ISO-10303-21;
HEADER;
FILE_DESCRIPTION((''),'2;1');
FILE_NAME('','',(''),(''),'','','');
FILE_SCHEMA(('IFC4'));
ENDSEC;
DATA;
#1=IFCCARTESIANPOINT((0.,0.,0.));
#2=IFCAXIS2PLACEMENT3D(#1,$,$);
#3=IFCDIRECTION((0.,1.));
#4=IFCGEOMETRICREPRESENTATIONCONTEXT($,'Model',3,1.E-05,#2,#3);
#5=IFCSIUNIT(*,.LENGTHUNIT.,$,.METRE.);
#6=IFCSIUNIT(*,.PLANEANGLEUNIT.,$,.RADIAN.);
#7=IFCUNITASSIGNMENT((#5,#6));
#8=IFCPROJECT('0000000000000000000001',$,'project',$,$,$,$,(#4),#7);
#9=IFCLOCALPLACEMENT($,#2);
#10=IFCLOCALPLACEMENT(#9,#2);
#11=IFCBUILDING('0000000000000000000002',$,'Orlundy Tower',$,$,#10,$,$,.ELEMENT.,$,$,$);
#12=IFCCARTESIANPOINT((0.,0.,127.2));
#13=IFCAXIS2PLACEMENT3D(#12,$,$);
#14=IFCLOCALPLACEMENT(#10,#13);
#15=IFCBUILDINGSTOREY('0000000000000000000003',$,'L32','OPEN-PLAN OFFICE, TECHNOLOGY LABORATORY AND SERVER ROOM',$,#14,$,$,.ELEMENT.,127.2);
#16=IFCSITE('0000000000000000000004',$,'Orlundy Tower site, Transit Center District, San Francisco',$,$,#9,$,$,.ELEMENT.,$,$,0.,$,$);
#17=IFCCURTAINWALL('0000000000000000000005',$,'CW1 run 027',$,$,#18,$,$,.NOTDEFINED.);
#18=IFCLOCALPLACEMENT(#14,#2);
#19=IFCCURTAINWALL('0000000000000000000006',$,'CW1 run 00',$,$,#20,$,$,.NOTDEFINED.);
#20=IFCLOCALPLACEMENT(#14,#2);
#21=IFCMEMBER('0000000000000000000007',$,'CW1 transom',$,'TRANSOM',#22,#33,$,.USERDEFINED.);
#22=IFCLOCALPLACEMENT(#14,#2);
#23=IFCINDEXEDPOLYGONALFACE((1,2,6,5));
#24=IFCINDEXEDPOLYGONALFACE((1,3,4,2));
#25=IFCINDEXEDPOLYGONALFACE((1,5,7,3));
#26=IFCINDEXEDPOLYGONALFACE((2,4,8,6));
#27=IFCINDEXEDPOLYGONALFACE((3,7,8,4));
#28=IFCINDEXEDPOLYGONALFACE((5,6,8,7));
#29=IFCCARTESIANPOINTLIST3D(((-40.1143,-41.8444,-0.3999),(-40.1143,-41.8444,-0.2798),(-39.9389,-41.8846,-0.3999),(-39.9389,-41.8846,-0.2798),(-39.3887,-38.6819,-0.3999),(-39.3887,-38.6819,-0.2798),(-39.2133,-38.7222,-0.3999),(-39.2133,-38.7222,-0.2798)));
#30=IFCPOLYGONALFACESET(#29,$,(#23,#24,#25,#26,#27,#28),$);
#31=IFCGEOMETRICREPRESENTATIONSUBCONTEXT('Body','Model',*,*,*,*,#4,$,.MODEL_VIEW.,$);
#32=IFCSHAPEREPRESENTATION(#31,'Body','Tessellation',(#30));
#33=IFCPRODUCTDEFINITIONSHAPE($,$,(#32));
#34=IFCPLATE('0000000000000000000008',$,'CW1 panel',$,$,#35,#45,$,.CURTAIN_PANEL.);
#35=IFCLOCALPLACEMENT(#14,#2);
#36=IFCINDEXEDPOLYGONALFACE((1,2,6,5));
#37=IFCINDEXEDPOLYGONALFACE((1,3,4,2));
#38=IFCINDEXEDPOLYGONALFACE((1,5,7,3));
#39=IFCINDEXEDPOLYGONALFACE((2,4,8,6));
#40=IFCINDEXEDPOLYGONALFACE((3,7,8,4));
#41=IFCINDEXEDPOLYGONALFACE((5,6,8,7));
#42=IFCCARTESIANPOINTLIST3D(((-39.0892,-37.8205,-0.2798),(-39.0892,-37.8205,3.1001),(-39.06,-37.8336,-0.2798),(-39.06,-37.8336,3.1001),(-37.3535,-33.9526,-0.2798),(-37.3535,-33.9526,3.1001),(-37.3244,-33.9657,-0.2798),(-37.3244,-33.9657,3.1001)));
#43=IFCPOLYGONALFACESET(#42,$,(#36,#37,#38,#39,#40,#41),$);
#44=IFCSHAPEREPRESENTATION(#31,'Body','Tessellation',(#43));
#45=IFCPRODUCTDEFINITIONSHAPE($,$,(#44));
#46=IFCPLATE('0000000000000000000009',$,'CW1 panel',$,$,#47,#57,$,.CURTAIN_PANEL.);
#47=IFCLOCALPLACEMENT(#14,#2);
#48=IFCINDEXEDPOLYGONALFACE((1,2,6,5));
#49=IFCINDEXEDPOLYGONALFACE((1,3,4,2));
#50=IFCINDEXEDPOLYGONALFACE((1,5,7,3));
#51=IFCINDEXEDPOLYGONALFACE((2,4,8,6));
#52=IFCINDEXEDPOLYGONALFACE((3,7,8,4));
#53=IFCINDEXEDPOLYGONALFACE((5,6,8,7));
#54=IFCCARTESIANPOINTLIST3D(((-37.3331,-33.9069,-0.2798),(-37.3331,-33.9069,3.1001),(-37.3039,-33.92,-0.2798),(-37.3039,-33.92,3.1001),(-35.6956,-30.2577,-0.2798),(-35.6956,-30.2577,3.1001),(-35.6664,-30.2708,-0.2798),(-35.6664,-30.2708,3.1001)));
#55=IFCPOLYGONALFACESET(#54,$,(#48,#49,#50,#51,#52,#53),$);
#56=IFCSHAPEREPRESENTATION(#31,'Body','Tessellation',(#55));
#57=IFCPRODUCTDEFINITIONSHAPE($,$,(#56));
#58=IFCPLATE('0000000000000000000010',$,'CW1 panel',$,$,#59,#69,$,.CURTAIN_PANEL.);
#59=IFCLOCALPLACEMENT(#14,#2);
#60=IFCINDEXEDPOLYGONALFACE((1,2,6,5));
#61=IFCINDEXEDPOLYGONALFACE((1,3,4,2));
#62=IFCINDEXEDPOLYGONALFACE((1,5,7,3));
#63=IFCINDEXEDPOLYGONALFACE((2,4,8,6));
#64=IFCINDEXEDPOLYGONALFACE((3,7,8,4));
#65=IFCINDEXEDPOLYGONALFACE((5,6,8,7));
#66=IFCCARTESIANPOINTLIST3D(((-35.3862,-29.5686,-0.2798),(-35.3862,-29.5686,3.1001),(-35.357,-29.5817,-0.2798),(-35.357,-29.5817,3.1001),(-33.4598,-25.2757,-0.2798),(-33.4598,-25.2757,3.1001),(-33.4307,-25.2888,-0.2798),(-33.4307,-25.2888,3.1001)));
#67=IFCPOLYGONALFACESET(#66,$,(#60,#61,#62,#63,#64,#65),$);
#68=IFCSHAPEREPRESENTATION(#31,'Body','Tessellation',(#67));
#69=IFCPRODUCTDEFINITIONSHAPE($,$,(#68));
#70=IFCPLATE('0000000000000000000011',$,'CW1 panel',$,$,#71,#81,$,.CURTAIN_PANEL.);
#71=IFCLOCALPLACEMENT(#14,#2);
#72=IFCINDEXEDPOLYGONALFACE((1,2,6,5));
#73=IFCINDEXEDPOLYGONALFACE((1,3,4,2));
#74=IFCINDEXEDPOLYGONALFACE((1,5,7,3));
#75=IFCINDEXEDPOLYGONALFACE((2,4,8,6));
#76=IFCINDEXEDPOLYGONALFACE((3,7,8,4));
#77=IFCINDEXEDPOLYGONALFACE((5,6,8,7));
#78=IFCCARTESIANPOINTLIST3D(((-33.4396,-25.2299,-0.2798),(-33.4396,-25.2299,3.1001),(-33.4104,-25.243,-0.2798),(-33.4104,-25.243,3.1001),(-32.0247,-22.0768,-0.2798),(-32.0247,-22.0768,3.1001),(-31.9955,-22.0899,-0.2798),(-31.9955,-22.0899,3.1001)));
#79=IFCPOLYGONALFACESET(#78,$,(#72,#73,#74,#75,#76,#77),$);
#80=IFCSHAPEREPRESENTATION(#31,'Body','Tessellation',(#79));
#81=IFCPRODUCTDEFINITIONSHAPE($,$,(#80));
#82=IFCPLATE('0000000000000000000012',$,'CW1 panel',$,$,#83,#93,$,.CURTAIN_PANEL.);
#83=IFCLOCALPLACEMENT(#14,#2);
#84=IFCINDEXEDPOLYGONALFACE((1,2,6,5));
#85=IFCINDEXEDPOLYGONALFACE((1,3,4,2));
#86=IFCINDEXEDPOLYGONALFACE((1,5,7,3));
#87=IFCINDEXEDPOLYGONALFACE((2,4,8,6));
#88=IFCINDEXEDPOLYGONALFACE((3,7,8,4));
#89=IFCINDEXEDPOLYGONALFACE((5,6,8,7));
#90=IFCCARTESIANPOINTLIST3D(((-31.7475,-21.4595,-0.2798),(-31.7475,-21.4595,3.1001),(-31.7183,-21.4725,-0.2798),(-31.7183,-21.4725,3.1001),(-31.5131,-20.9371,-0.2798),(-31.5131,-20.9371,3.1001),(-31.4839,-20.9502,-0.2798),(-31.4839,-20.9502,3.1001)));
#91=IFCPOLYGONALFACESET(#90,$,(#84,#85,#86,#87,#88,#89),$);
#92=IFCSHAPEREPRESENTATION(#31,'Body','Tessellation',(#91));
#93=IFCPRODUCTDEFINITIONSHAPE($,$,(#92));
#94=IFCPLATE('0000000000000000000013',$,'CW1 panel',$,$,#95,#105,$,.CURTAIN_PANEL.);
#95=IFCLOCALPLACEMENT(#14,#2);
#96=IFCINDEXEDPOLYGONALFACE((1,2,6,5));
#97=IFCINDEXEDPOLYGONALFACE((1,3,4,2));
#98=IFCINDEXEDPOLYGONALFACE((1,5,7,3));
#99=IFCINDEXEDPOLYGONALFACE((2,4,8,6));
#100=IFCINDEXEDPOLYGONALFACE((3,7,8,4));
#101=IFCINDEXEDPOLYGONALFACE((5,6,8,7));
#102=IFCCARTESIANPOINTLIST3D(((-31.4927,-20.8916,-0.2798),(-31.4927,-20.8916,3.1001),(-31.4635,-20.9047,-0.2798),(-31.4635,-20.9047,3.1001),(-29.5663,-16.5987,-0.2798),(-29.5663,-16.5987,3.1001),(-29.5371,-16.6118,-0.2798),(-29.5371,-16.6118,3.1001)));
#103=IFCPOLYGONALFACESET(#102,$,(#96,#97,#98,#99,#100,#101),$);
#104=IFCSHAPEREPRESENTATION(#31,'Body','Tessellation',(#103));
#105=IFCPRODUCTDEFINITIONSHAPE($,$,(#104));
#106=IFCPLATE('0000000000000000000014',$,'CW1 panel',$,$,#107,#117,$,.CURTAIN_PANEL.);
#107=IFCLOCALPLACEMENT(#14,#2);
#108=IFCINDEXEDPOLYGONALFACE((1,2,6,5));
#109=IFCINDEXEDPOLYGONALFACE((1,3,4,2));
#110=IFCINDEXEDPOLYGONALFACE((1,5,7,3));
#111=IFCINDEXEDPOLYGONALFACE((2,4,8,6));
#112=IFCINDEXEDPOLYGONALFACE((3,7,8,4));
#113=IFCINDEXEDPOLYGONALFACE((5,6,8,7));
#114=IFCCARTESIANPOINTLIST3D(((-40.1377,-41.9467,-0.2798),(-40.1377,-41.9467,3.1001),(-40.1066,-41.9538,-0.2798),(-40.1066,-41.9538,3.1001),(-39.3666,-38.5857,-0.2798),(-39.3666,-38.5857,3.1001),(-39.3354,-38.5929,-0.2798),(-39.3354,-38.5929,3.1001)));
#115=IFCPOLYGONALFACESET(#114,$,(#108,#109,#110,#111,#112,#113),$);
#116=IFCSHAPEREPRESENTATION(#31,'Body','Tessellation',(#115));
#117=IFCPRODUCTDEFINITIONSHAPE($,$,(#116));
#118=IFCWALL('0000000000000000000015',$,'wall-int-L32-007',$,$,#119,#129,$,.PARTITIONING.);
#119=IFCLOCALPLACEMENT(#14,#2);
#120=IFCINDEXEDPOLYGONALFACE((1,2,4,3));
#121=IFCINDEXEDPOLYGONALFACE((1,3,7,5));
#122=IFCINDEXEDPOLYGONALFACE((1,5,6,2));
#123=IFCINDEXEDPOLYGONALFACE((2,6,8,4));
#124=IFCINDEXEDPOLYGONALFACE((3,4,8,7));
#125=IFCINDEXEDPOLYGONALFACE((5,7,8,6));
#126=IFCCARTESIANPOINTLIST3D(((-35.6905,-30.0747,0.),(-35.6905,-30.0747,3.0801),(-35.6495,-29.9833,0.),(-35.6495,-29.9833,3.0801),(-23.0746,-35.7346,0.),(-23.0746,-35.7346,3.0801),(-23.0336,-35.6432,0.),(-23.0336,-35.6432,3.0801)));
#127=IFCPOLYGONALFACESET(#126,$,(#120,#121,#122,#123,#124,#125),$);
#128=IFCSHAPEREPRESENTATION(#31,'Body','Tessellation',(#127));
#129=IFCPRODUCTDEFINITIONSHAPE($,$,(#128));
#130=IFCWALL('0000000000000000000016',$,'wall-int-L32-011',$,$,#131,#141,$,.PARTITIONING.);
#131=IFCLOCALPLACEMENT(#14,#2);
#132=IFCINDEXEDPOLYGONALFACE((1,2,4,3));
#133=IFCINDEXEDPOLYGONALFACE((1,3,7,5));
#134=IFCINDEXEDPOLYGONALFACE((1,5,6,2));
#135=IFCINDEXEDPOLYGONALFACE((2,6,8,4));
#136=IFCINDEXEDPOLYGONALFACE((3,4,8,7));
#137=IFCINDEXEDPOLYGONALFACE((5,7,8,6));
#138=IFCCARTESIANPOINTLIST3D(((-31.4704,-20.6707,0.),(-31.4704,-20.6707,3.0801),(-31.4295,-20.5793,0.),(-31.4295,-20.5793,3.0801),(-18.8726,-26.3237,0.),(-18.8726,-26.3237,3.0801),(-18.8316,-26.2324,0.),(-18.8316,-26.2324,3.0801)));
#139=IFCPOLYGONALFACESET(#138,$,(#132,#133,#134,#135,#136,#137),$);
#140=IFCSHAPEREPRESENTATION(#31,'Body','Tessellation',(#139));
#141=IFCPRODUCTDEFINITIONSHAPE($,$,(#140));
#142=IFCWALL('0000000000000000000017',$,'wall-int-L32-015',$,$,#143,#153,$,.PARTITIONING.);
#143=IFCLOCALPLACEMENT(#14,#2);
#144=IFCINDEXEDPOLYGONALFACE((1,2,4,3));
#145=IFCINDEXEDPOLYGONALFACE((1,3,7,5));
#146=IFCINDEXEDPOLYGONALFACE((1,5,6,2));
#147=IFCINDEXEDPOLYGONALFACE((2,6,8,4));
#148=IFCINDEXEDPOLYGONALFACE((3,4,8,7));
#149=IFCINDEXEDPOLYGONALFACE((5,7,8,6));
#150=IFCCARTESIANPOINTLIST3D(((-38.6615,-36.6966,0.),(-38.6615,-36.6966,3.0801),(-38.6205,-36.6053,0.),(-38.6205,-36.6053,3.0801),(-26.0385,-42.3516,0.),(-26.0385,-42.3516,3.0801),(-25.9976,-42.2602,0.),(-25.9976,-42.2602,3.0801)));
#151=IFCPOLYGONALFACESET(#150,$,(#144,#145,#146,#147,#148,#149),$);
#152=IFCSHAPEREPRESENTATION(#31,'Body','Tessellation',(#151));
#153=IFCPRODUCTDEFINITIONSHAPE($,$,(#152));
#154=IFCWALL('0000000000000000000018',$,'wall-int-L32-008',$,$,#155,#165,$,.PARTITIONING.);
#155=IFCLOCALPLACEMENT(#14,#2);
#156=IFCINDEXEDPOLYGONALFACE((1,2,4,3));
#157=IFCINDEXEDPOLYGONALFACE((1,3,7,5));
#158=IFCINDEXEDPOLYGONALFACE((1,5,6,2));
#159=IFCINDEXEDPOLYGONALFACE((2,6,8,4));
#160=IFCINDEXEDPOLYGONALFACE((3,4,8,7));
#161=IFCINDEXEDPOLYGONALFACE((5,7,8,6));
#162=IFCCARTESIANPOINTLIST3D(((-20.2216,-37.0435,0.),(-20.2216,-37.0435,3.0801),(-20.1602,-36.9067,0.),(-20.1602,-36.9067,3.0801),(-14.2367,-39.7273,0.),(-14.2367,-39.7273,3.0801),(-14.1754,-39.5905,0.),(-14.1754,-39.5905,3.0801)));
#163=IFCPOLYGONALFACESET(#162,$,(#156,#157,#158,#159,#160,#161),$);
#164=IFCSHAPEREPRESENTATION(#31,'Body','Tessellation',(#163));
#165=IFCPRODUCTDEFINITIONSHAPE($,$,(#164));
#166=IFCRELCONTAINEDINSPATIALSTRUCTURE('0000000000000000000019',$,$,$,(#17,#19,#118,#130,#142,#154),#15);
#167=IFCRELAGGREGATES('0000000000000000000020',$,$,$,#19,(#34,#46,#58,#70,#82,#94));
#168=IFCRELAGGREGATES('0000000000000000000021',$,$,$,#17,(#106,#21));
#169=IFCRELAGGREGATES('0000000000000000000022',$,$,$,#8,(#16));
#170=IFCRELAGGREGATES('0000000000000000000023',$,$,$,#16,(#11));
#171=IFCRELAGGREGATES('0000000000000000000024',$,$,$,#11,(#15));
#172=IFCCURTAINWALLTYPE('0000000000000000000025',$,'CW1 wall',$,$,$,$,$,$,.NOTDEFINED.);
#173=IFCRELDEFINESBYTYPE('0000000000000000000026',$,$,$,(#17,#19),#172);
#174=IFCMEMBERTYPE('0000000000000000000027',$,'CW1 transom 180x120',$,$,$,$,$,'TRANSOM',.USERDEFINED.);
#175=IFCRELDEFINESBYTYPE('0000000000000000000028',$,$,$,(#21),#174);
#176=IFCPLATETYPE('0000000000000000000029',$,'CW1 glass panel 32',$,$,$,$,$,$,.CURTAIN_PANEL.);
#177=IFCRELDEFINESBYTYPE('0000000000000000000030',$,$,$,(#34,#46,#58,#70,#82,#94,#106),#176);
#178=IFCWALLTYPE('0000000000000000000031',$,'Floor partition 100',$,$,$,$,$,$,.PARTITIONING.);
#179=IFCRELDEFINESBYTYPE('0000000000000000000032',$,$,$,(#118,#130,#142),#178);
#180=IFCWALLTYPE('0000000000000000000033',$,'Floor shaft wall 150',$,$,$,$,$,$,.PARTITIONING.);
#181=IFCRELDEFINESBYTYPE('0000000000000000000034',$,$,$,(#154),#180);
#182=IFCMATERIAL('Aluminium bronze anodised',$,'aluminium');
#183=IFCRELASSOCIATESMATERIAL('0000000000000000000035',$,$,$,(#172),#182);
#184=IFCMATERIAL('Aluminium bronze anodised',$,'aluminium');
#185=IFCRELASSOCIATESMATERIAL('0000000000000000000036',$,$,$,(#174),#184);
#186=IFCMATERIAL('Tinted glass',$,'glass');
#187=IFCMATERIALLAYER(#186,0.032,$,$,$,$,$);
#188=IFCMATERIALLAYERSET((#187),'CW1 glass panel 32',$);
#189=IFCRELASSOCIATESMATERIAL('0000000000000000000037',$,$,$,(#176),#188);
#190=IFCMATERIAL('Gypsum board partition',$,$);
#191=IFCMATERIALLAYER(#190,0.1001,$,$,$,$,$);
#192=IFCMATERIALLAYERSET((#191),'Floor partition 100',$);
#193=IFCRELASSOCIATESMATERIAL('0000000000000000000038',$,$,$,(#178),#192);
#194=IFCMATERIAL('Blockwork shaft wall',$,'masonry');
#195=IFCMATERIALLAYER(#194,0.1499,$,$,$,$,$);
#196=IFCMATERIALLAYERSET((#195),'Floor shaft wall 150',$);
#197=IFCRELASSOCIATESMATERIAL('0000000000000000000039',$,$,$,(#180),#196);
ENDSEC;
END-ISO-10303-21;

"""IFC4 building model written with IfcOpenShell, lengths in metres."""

from ifc_helpers import new_model, si_unit, direction, frame, frame_2d, origin, origin_2d, place, context, subcontext, project, spatial, rectangle, extrude, material, layer, layer_set, material_profile, profile_set, type_object, element, aggregate, save


model = new_model("IFC4")

# Units and contexts
model_context = context("Model", 3, precision=1e-05, world=origin(), true_north=direction((0.0, 1.0)))
body_context = subcontext(model_context, "Body", "Model", "MODEL_VIEW")
ifc_project = project(units=[si_unit("LENGTHUNIT", "METRE"), si_unit("PLANEANGLEUNIT", "RADIAN")], contexts=[model_context])

# Site, building, storey
site_placement = place(None, origin())
site = spatial("IfcSite", under=ifc_project, at=site_placement, Name="Orlundy Tower site, Transit Center District, San Francisco", CompositionType="ELEMENT", RefElevation=0.0)
building_placement = place(site_placement, origin())
building = spatial("IfcBuilding", under=site, at=building_placement, Name="Orlundy Tower", CompositionType="ELEMENT")
storey_placement = place(building_placement, frame((0.0, 0.0, 127.2)))
storey = spatial("IfcBuildingStorey", under=building, at=storey_placement, Name="L32", Description="OPEN-PLAN OFFICE, TECHNOLOGY LABORATORY AND SERVER ROOM", CompositionType="ELEMENT", Elevation=127.2)

# Curtain wall
ifc_material_1 = material(Name="Aluminium bronze anodised", Category="aluminium")
curtain_wall_type = type_object("IfcCurtainWallType", Name="CW1 wall", PredefinedType="NOTDEFINED", material=ifc_material_1)
curtain_wall_1_placement = place(storey_placement, origin())
curtain_wall_1 = element("IfcCurtainWall", 1, at=curtain_wall_1_placement, inside=storey, type_object=curtain_wall_type, Name="CW1 run 027", PredefinedType="NOTDEFINED")

# Curtain wall
curtain_wall_2_placement = place(storey_placement, origin())
curtain_wall_2 = element("IfcCurtainWall", 2, at=curtain_wall_2_placement, inside=storey, type_object=curtain_wall_type, Name="CW1 run 00", PredefinedType="NOTDEFINED")
ifc_material_2 = material(Name="Aluminium bronze anodised", Category="aluminium")
ifc_material_profile_1 = material_profile(ifc_material_2, rectangle(XDim=0.1799, YDim=0.1201, at=origin_2d()), Name="CW1 transom 180x120")
ifc_profile_set_1 = profile_set([ifc_material_profile_1], Name="Aluminium bronze anodised")
member_type_1 = type_object("IfcMemberType", Name="CW1 transom 180x120", ElementType="TRANSOM", PredefinedType="USERDEFINED", material=ifc_profile_set_1)

# Member
member_1_placement = place(storey_placement, frame((-40.0266, -41.8645, -0.3398), z_axis=(0.223634, 0.974673, 0.0), x_axis=(-0.974673, 0.223634, 0.0)))
member_1 = element("IfcMember", 3, at=member_1_placement, type_object=member_type_1, Name="CW1 transom", ObjectType="TRANSOM", PredefinedType="USERDEFINED", context=body_context, shape_type="SweptSolid", body=[
    extrude(rectangle(XDim=0.1799, YDim=0.1201, at=origin_2d()), origin(), (0.0, 0.0, 1.0), 3.2446),
])

# Plates
ifc_material_3 = material(Name="Tinted glass", Category="glass")
ifc_layer_1 = layer(ifc_material_3, 0.032)
ifc_layer_set_1 = layer_set([ifc_layer_1], Name="CW1 glass panel 32")
plate_type = type_object("IfcPlateType", Name="CW1 glass panel 32", PredefinedType="CURTAIN_PANEL", material=ifc_layer_set_1)
plate_1_placement = place(storey_placement, frame((-38.2068, -35.8931, -0.2798), z_axis=(0.0, 0.0, 1.0), x_axis=(0.409404, 0.912353, 0.0)))
plate_1 = element("IfcPlate", 4, at=plate_1_placement, type_object=plate_type, Name="CW1 panel", PredefinedType="CURTAIN_PANEL", context=body_context, shape_type="SweptSolid", body=[
    extrude(rectangle(XDim=4.2395, YDim=0.032, at=origin_2d()), origin(), (0.0, 0.0, 1.0), 3.3799),
])
plate_2_placement = place(storey_placement, frame((-36.4998, -32.0889, -0.2798), z_axis=(0.0, 0.0, 1.0), x_axis=(0.409404, 0.912353, 0.0)))
plate_2 = element("IfcPlate", 5, at=plate_2_placement, type_object=plate_type, Name="CW1 panel", PredefinedType="CURTAIN_PANEL", context=body_context, shape_type="SweptSolid", body=[
    extrude(rectangle(XDim=3.9998, YDim=0.032, at=origin_2d()), origin(), (0.0, 0.0, 1.0), 3.3799),
])
plate_3_placement = place(storey_placement, frame((-34.4084, -27.4287, -0.2798), z_axis=(0.0, 0.0, 1.0), x_axis=(0.409404, 0.912353, 0.0)))
plate_3 = element("IfcPlate", 6, at=plate_3_placement, type_object=plate_type, Name="CW1 panel", PredefinedType="CURTAIN_PANEL", context=body_context, shape_type="SweptSolid", body=[
    extrude(rectangle(XDim=4.7053, YDim=0.032, at=origin_2d()), origin(), (0.0, 0.0, 1.0), 3.3799),
])
plate_4_placement = place(storey_placement, frame((-32.7175, -23.6599, -0.2798), z_axis=(0.0, 0.0, 1.0), x_axis=(0.409404, 0.912353, 0.0)))
plate_4 = element("IfcPlate", 7, at=plate_4_placement, type_object=plate_type, Name="CW1 panel", PredefinedType="CURTAIN_PANEL", context=body_context, shape_type="SweptSolid", body=[
    extrude(rectangle(XDim=3.4561, YDim=0.032, at=origin_2d()), origin(), (0.0, 0.0, 1.0), 3.3799),
])
plate_5_placement = place(storey_placement, frame((-31.6157, -21.2048, -0.2798), z_axis=(0.0, 0.0, 1.0), x_axis=(0.409404, 0.912353, 0.0)))
plate_5 = element("IfcPlate", 8, at=plate_5_placement, type_object=plate_type, Name="CW1 panel", PredefinedType="CURTAIN_PANEL", context=body_context, shape_type="SweptSolid", body=[
    extrude(rectangle(XDim=0.5725, YDim=0.032, at=origin_2d()), origin(), (0.0, 0.0, 1.0), 3.3799),
])
plate_6_placement = place(storey_placement, frame((-30.5149, -18.7517, -0.2798), z_axis=(0.0, 0.0, 1.0), x_axis=(0.409404, 0.912353, 0.0)))
plate_6 = element("IfcPlate", 9, at=plate_6_placement, type_object=plate_type, Name="CW1 panel", PredefinedType="CURTAIN_PANEL", context=body_context, shape_type="SweptSolid", body=[
    extrude(rectangle(XDim=4.7053, YDim=0.032, at=origin_2d()), origin(), (0.0, 0.0, 1.0), 3.3799),
])
aggregate(curtain_wall_2, [plate_1, plate_2, plate_3, plate_4, plate_5, plate_6])
plate_7_placement = place(storey_placement, frame((-39.7366, -40.2698, -0.2798), z_axis=(0.0, 0.0, 1.0), x_axis=(0.223638, 0.974672, 0.0)))
plate_7 = element("IfcPlate", 10, at=plate_7_placement, type_object=plate_type, Name="CW1 panel", PredefinedType="CURTAIN_PANEL", context=body_context, shape_type="SweptSolid", body=[
    extrude(rectangle(XDim=3.4482, YDim=0.032, at=origin_2d()), origin(), (0.0, 0.0, 1.0), 3.3799),
])
aggregate(curtain_wall_1, [plate_7, member_1])

# Walls
ifc_material_4 = material(Name="Gypsum board partition")
ifc_layer_2 = layer(ifc_material_4, 0.1001)
ifc_layer_set_2 = layer_set([ifc_layer_2], Name="Floor partition 100")
wall_type_1 = type_object("IfcWallType", Name="Floor partition 100", PredefinedType="PARTITIONING", material=ifc_layer_set_2)
wall_1_placement = place(storey_placement, frame((-35.6699, -30.0291, 0.0), z_axis=(0.0, 0.0, 1.0), x_axis=(0.912388, -0.409326, 0.0)))
element("IfcWall", 11, at=wall_1_placement, inside=storey, type_object=wall_type_1, Name="wall-int-L32-007", PredefinedType="PARTITIONING", context=body_context, shape_type="SweptSolid", body=[
    extrude(rectangle(XDim=13.8274, YDim=0.1001, at=frame_2d((6.9136, 0.0))), origin(), (0.0, 0.0, 1.0), 3.0801),
])
wall_2_placement = place(storey_placement, frame((-31.45, -20.625, 0.0), z_axis=(0.0, 0.0, 1.0), x_axis=(0.912354, -0.409402, 0.0)))
element("IfcWall", 12, at=wall_2_placement, inside=storey, type_object=wall_type_1, Name="wall-int-L32-011", PredefinedType="PARTITIONING", context=body_context, shape_type="SweptSolid", body=[
    extrude(rectangle(XDim=13.8081, YDim=0.1001, at=frame_2d((6.9041, 0.0))), origin(), (0.0, 0.0, 1.0), 3.0801),
])
wall_3_placement = place(storey_placement, frame((-38.6411, -36.6509, 0.0), z_axis=(0.0, 0.0, 1.0), x_axis=(0.912606, -0.408841, 0.0)))
element("IfcWall", 13, at=wall_3_placement, inside=storey, type_object=wall_type_1, Name="wall-int-L32-015", PredefinedType="PARTITIONING", context=body_context, shape_type="SweptSolid", body=[
    extrude(rectangle(XDim=13.8318, YDim=0.1001, at=frame_2d((6.916, 0.0))), origin(), (0.0, 0.0, 1.0), 3.0801),
])
ifc_material_5 = material(Name="Blockwork shaft wall", Category="masonry")
ifc_layer_3 = layer(ifc_material_5, 0.1499)
ifc_layer_set_3 = layer_set([ifc_layer_3], Name="Floor shaft wall 150")
wall_type_2 = type_object("IfcWallType", Name="Floor shaft wall 150", PredefinedType="PARTITIONING", material=ifc_layer_set_3)
wall_4_placement = place(storey_placement, frame((-20.1909, -36.9751, 0.0), z_axis=(0.0, 0.0, 1.0), x_axis=(0.912454, -0.409179, 0.0)))
element("IfcWall", 14, at=wall_4_placement, inside=storey, type_object=wall_type_2, Name="wall-int-L32-008", PredefinedType="PARTITIONING", context=body_context, shape_type="SweptSolid", body=[
    extrude(rectangle(XDim=6.5591, YDim=0.1499, at=frame_2d((3.2795, 0.0))), origin(), (0.0, 0.0, 1.0), 3.0801),
])

save(model, "model.ifc")
